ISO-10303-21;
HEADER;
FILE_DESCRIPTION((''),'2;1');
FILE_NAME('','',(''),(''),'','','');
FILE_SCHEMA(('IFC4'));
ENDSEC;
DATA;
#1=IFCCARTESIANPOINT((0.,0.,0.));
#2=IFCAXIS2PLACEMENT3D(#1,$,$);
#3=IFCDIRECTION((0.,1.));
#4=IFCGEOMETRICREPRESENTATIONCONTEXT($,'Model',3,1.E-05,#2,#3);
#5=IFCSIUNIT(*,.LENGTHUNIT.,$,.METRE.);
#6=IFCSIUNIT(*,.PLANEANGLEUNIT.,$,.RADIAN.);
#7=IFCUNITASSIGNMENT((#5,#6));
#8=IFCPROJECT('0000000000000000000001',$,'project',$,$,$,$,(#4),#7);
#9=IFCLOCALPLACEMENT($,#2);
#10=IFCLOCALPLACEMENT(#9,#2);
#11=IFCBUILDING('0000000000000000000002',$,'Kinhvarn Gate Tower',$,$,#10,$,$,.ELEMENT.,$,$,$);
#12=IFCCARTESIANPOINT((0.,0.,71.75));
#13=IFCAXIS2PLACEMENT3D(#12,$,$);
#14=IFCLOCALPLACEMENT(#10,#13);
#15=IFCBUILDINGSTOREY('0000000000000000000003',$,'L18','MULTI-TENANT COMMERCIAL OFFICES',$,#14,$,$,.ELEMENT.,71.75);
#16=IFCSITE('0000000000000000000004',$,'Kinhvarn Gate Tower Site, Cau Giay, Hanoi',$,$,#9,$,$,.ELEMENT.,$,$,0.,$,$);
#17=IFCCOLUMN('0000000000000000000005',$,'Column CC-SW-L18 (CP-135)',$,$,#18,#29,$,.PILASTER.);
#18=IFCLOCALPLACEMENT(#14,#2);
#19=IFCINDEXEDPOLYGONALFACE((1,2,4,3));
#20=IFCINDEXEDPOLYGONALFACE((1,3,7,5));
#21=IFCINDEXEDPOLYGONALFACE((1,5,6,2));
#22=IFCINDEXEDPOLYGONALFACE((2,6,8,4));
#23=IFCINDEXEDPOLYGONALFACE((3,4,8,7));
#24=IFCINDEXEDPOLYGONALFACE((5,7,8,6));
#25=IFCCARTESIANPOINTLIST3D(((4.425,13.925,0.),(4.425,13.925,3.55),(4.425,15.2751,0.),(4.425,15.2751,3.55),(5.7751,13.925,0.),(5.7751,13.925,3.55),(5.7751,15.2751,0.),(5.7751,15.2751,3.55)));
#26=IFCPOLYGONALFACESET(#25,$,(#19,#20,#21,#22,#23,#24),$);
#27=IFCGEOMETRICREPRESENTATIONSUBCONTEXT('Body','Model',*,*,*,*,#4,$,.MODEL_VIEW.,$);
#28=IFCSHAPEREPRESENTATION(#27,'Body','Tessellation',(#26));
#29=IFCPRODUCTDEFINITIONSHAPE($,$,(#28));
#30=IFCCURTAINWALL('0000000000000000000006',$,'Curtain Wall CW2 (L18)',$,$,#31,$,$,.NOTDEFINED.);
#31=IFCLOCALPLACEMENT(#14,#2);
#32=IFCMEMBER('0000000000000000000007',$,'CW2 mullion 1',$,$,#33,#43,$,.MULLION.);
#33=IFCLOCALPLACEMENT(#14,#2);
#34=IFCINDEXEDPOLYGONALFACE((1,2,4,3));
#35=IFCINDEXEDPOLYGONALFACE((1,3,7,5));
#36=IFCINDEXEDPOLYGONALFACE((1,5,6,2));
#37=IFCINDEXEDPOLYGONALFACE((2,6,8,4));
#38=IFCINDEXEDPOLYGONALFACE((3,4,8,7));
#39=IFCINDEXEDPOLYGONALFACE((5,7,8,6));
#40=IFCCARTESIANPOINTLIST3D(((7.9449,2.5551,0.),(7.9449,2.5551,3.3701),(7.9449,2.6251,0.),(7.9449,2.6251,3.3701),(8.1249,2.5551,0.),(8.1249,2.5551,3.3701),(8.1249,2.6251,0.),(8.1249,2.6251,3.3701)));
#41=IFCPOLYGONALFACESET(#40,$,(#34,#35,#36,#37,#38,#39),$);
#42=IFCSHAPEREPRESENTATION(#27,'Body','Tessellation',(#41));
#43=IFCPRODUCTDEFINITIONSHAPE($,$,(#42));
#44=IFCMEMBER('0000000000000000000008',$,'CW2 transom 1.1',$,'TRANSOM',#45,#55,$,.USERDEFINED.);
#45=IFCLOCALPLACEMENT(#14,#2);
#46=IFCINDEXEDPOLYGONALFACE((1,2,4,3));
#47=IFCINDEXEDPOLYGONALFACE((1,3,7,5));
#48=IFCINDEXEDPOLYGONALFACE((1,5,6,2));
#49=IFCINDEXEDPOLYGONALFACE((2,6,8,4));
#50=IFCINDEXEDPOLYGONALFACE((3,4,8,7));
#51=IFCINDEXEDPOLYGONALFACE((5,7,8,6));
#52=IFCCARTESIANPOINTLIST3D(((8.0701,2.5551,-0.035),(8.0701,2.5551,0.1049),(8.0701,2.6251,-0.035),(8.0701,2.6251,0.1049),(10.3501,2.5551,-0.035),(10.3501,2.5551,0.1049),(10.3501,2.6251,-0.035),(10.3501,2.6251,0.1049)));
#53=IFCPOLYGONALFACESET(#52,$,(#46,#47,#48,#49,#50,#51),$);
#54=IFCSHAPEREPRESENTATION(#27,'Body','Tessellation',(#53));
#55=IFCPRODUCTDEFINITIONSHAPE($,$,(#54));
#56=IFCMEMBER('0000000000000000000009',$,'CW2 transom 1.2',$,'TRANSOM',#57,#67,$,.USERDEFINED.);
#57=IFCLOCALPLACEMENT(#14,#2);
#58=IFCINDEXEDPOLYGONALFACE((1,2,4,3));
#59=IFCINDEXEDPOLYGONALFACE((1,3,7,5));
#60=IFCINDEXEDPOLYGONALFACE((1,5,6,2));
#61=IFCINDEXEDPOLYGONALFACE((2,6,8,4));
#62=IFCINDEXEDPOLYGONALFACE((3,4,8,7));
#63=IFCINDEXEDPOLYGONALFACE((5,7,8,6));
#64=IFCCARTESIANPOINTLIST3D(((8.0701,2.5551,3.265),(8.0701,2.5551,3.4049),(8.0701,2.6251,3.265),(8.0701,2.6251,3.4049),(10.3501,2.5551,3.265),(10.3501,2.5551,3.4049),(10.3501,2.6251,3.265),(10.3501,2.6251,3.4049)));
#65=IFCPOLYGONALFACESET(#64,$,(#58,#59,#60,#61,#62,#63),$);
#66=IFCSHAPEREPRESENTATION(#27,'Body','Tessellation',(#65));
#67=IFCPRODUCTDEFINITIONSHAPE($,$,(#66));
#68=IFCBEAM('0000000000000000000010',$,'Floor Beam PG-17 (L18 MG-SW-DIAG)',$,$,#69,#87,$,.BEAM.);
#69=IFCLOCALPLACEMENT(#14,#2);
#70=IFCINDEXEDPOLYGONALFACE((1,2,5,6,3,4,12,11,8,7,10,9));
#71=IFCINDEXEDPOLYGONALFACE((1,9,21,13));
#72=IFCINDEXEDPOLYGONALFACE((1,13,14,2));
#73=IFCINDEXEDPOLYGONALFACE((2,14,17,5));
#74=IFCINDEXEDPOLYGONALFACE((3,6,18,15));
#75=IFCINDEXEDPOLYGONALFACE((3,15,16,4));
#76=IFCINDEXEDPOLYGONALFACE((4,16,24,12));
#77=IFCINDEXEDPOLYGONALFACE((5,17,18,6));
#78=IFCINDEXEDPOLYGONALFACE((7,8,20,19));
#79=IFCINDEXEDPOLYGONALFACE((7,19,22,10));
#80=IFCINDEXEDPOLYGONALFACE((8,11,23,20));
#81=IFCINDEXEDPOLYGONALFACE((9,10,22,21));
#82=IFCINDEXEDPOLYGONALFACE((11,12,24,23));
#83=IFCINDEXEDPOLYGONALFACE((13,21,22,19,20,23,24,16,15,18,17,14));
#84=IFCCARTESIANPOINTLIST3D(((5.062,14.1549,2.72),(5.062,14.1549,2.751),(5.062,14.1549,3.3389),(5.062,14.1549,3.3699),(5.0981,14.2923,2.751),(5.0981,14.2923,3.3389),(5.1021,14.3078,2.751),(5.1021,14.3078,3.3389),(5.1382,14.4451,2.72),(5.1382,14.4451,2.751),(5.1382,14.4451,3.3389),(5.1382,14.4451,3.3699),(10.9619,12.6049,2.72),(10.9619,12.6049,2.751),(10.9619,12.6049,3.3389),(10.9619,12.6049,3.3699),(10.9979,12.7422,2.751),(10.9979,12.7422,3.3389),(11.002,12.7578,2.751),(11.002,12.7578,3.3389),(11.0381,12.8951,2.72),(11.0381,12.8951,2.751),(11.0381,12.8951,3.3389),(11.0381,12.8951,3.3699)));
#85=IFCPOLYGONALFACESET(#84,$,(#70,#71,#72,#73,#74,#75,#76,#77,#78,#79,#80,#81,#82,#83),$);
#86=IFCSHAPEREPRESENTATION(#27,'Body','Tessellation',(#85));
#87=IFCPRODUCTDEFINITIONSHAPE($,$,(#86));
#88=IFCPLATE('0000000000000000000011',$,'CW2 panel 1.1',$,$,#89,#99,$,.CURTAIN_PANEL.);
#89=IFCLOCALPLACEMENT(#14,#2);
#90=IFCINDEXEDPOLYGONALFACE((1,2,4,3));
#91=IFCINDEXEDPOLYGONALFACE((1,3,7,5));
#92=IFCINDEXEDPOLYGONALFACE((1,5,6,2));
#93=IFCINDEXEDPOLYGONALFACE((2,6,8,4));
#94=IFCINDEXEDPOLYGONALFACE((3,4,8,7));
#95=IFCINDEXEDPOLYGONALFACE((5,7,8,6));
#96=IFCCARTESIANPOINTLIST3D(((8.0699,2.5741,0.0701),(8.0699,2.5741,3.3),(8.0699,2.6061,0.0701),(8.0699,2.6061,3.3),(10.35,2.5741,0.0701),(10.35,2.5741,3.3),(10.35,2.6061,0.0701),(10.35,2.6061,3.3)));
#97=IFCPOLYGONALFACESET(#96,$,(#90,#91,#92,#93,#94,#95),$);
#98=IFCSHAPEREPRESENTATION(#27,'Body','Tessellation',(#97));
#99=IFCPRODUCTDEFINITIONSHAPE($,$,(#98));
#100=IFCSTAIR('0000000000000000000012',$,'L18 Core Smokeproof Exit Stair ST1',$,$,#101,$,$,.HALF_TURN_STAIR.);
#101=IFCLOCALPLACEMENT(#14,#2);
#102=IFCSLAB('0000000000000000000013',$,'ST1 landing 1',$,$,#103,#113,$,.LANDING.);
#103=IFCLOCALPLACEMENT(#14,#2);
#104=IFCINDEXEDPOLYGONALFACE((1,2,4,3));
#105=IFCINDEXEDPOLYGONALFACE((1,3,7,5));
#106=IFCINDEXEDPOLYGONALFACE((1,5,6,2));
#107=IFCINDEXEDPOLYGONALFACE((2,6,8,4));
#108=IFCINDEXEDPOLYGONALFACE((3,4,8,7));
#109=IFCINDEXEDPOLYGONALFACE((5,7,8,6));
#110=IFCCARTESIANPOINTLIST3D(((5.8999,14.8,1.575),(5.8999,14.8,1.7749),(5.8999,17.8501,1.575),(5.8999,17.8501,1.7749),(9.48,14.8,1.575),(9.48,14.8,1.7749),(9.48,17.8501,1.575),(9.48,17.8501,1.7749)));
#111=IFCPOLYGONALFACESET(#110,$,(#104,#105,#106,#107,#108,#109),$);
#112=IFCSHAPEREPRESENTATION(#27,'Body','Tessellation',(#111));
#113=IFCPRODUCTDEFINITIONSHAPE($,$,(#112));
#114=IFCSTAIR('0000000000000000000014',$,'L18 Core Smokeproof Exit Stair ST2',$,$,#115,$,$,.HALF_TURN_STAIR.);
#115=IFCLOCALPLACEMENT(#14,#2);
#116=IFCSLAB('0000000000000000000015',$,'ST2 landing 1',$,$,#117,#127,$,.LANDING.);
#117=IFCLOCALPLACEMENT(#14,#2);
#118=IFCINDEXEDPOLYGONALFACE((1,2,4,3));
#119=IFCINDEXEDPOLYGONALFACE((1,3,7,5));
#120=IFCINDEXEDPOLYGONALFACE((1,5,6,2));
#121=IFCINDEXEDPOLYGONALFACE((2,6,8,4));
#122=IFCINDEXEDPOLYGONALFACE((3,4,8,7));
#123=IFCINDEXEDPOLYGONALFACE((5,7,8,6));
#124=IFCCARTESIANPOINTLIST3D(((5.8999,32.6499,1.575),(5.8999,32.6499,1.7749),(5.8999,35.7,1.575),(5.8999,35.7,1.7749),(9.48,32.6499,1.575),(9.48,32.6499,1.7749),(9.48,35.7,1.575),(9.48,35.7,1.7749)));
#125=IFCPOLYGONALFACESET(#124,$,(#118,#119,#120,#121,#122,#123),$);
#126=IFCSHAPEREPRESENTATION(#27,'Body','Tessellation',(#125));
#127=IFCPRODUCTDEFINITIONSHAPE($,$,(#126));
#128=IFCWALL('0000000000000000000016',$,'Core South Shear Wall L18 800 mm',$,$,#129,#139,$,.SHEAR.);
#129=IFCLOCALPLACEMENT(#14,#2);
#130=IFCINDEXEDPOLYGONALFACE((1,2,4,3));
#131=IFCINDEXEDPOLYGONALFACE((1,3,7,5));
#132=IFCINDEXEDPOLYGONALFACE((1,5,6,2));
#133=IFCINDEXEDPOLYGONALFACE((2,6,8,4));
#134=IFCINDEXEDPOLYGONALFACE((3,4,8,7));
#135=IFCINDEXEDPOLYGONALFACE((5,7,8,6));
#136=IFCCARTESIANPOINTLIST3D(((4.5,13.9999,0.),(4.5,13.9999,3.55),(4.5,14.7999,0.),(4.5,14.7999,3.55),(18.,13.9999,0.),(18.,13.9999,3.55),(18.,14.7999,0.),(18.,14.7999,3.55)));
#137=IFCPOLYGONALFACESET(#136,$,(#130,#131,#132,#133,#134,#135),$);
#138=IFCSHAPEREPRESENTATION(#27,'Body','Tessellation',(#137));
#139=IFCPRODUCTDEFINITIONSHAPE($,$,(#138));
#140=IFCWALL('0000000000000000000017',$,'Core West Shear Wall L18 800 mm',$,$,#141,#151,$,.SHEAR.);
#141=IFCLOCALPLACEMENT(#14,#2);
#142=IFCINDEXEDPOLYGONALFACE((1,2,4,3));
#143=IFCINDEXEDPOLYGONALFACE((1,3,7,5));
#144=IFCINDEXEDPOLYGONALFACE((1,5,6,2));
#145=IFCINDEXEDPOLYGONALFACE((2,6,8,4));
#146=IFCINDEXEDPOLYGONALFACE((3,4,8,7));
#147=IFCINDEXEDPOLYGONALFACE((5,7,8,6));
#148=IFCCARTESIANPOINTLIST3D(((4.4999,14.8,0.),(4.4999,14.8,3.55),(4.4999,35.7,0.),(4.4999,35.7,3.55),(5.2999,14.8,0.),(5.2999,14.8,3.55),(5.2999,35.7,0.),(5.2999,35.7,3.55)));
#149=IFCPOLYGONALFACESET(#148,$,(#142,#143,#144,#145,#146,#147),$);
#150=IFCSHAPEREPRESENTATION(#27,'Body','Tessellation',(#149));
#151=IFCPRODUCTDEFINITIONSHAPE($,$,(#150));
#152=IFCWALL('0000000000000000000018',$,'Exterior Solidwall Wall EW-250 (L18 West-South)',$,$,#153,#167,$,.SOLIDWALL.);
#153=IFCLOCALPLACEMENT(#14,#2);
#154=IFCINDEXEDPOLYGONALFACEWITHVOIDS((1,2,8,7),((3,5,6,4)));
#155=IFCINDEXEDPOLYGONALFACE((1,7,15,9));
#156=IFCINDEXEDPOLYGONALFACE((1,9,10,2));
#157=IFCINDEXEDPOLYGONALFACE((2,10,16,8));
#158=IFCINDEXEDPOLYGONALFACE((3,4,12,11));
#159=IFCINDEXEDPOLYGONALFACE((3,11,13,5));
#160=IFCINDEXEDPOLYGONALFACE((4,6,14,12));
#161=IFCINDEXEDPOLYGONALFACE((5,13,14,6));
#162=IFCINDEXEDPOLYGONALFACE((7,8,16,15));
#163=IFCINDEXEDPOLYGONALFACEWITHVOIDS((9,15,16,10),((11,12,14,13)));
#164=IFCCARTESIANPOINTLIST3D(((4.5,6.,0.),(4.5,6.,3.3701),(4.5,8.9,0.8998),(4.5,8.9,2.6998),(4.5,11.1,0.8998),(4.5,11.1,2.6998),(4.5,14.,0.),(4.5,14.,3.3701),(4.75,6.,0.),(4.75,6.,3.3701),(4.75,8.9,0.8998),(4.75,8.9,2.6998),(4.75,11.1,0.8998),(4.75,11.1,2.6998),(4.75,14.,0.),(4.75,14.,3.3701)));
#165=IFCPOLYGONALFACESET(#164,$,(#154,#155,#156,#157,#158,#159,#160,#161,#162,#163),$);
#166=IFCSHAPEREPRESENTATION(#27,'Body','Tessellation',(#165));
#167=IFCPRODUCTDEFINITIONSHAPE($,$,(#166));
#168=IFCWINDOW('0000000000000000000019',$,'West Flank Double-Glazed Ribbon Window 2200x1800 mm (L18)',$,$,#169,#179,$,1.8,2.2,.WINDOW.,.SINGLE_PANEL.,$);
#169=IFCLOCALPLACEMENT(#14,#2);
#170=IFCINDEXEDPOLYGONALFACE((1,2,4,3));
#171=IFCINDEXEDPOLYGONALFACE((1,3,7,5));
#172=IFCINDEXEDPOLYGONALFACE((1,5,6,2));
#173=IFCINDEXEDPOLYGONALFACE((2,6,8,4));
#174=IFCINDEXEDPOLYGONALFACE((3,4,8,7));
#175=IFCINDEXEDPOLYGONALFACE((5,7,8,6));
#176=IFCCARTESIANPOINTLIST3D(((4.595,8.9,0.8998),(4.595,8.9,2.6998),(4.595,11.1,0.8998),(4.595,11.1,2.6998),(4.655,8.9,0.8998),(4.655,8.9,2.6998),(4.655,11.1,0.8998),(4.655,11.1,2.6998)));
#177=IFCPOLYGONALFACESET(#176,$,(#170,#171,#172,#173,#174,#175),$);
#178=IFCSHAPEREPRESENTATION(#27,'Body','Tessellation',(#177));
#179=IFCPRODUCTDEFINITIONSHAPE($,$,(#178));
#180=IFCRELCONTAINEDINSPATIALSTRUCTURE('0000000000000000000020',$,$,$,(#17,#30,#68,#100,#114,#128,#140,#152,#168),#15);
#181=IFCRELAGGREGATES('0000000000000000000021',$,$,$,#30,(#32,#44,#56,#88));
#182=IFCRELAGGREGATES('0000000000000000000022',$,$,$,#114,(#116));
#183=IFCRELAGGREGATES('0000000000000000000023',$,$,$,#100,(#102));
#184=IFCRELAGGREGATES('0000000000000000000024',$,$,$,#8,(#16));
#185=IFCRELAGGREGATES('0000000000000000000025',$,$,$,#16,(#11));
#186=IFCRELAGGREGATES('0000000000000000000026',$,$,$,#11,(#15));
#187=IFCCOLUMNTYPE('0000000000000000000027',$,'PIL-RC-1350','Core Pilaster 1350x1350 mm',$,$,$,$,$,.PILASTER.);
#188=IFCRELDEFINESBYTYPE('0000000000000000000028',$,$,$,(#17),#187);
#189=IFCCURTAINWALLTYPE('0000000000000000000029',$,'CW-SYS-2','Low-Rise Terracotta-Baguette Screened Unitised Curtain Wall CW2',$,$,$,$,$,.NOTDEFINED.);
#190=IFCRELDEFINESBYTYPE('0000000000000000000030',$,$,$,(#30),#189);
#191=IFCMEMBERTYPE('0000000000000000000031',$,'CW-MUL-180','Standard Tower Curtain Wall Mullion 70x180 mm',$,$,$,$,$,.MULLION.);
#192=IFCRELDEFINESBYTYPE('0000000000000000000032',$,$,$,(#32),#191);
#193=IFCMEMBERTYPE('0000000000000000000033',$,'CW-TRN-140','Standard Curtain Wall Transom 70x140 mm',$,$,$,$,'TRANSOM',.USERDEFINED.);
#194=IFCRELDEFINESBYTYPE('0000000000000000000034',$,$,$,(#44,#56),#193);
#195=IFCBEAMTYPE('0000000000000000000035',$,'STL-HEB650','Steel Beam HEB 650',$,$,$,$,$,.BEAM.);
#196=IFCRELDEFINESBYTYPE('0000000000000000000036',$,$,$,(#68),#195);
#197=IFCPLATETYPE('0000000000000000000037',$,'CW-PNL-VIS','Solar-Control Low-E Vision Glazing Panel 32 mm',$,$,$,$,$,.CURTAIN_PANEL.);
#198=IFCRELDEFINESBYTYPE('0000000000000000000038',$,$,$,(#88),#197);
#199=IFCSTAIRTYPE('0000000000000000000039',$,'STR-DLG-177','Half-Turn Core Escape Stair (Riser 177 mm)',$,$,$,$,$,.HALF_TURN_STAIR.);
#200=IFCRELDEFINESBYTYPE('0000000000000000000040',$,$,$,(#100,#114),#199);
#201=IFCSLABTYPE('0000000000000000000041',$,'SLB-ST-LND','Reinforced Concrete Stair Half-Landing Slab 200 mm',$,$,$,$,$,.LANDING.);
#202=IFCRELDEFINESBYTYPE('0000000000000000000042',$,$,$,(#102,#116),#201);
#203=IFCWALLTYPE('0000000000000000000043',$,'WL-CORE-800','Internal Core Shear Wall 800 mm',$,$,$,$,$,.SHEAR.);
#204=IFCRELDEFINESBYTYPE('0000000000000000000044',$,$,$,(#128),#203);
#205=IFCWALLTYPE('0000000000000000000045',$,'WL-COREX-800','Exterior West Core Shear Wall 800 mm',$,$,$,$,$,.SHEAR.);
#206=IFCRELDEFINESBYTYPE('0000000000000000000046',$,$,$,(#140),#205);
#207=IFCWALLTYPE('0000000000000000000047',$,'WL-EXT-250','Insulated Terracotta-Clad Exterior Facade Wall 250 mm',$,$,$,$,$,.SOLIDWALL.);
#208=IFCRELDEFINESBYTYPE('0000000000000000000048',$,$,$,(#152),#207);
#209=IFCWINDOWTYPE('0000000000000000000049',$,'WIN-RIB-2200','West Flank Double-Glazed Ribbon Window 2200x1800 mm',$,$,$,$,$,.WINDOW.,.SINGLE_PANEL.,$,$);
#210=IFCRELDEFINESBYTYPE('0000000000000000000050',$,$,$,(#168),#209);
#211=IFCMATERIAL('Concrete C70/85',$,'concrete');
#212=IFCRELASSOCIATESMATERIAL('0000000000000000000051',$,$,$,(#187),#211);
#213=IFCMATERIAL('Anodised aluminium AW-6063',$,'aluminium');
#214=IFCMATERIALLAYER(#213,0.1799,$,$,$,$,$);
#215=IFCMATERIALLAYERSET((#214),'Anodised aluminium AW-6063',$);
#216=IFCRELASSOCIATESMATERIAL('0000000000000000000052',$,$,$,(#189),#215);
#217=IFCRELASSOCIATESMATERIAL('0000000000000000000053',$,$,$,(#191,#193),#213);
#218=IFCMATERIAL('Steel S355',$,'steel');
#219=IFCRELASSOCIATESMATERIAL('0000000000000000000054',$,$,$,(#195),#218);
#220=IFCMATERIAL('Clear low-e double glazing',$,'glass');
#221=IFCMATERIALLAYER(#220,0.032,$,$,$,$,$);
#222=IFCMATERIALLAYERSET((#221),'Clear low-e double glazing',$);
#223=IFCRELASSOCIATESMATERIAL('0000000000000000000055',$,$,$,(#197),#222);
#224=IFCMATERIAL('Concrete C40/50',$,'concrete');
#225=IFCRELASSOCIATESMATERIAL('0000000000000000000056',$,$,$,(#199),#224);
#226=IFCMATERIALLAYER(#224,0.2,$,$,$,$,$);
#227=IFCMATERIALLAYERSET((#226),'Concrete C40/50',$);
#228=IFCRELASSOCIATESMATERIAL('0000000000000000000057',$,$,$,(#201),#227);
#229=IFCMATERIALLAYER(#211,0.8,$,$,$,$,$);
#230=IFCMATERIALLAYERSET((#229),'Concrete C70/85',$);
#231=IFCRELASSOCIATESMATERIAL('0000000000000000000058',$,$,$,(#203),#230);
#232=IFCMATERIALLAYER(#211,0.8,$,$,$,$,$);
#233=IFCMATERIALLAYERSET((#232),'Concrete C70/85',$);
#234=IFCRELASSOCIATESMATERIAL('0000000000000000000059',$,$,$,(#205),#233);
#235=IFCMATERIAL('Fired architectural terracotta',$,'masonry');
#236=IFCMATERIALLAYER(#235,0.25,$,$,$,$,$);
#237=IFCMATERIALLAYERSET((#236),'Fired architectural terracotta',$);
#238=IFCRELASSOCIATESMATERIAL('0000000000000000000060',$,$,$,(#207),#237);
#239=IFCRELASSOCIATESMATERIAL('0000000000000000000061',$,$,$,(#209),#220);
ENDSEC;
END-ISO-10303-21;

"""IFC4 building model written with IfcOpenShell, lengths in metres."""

from ifc_helpers import new_model, si_unit, direction, frame, frame_2d, origin, origin_2d, place, context, subcontext, project, spatial, polyline, rectangle, i_section, outline, extrude, material, layer, layer_set, material_profile, profile_set, type_object, element, fill, aggregate, save


model = new_model("IFC4")

# Units and contexts
model_context = context("Model", 3, precision=1e-05, world=origin(), true_north=direction((0.0, 1.0)))
body_context = subcontext(model_context, "Body", "Model", "MODEL_VIEW")
ifc_project = project(units=[si_unit("LENGTHUNIT", "METRE"), si_unit("PLANEANGLEUNIT", "RADIAN")], contexts=[model_context])

# Site, building, storey
site_placement = place(None, origin())
site = spatial("IfcSite", under=ifc_project, at=site_placement, Name="Kinhvarn Gate Tower Site, Cau Giay, Hanoi", CompositionType="ELEMENT", RefElevation=0.0)
building_placement = place(site_placement, origin())
building = spatial("IfcBuilding", under=site, at=building_placement, Name="Kinhvarn Gate Tower", CompositionType="ELEMENT")
storey_placement = place(building_placement, frame((0.0, 0.0, 71.75)))
storey = spatial("IfcBuildingStorey", under=building, at=storey_placement, Name="L18", Description="MULTI-TENANT COMMERCIAL OFFICES", CompositionType="ELEMENT", Elevation=71.75)

# Column
ifc_material_1 = material(Name="Concrete C70/85", Category="concrete")
ifc_material_profile_1 = material_profile(ifc_material_1, rectangle(XDim=1.3501, YDim=1.3501, at=origin_2d()), Name="RC 1350x1350")
ifc_profile_set_1 = profile_set([ifc_material_profile_1], Name="Concrete C70/85")
column_type = type_object("IfcColumnType", Name="PIL-RC-1350", Description="Core Pilaster 1350x1350 mm", PredefinedType="PILASTER", material=ifc_profile_set_1)
column_placement = place(storey_placement, frame((5.1001, 14.6001, 0.0), z_axis=(0.0, 0.0, 1.0), x_axis=(1.0, 0.0, 0.0)))
element("IfcColumn", 1, at=column_placement, inside=storey, type_object=column_type, Name="Column CC-SW-L18 (CP-135)", PredefinedType="PILASTER", context=body_context, shape_type="SweptSolid", body=[
    extrude(rectangle(XDim=1.3501, YDim=1.3501, at=origin_2d()), origin(), (0.0, 0.0, 1.0), 3.55),
])

# Curtain wall, members
ifc_material_2 = material(Name="Anodised aluminium AW-6063", Category="aluminium")
ifc_layer_1 = layer(ifc_material_2, 0.1799)
ifc_layer_set_1 = layer_set([ifc_layer_1], Name="Anodised aluminium AW-6063")
curtain_wall_type = type_object("IfcCurtainWallType", Name="CW-SYS-2", Description="Low-Rise Terracotta-Baguette Screened Unitised Curtain Wall CW2", PredefinedType="NOTDEFINED", material=ifc_layer_set_1)
curtain_wall_placement = place(storey_placement, origin())
curtain_wall = element("IfcCurtainWall", 2, at=curtain_wall_placement, inside=storey, type_object=curtain_wall_type, Name="Curtain Wall CW2 (L18)", PredefinedType="NOTDEFINED")
ifc_material_profile_2 = material_profile(ifc_material_2, rectangle(XDim=0.0701, YDim=0.1799, at=origin_2d()), Name="ALU 70x180")
ifc_profile_set_2 = profile_set([ifc_material_profile_2], Name="Anodised aluminium AW-6063")
member_type_1 = type_object("IfcMemberType", Name="CW-MUL-180", Description="Standard Tower Curtain Wall Mullion 70x180 mm", PredefinedType="MULLION", material=ifc_profile_set_2)
member_1_placement = place(storey_placement, frame((8.0349, 2.5901, 0.0), z_axis=(0.0, 0.0, 1.0), x_axis=(0.0, 1.0, 0.0)))
member_1 = element("IfcMember", 3, at=member_1_placement, type_object=member_type_1, Name="CW2 mullion 1", PredefinedType="MULLION", context=body_context, shape_type="SweptSolid", body=[
    extrude(rectangle(XDim=0.0701, YDim=0.1799, at=origin_2d()), origin(), (0.0, 0.0, 1.0), 3.3701),
])
ifc_material_profile_3 = material_profile(ifc_material_2, rectangle(XDim=0.0701, YDim=0.1399, at=origin_2d()), Name="ALU 70x140")
ifc_profile_set_3 = profile_set([ifc_material_profile_3], Name="Anodised aluminium AW-6063")
member_type_2 = type_object("IfcMemberType", Name="CW-TRN-140", Description="Standard Curtain Wall Transom 70x140 mm", ElementType="TRANSOM", PredefinedType="USERDEFINED", material=ifc_profile_set_3)
member_2_placement = place(storey_placement, frame((8.0701, 2.5901, 0.0349), z_axis=(1.0, 0.0, 0.0), x_axis=(0.0, 1.0, 0.0)))
member_2 = element("IfcMember", 4, at=member_2_placement, type_object=member_type_2, Name="CW2 transom 1.1", ObjectType="TRANSOM", PredefinedType="USERDEFINED", context=body_context, shape_type="SweptSolid", body=[
    extrude(rectangle(XDim=0.0701, YDim=0.1399, at=origin_2d()), origin(), (0.0, 0.0, 1.0), 2.28),
])
member_3_placement = place(storey_placement, frame((8.0701, 2.5901, 3.335), z_axis=(1.0, 0.0, 0.0), x_axis=(0.0, 1.0, 0.0)))
member_3 = element("IfcMember", 5, at=member_3_placement, type_object=member_type_2, Name="CW2 transom 1.2", ObjectType="TRANSOM", PredefinedType="USERDEFINED", context=body_context, shape_type="SweptSolid", body=[
    extrude(rectangle(XDim=0.0701, YDim=0.1399, at=origin_2d()), origin(), (0.0, 0.0, 1.0), 2.28),
])

# Beam
ifc_material_3 = material(Name="Steel S355", Category="steel")
ifc_material_profile_4 = material_profile(ifc_material_3, i_section(OverallWidth=0.3, OverallDepth=0.6499, WebThickness=0.0161, FlangeThickness=0.031, at=origin_2d()), Name="HEB 650")
ifc_profile_set_4 = profile_set([ifc_material_profile_4], Name="Steel S355")
beam_type = type_object("IfcBeamType", Name="STL-HEB650", Description="Steel Beam HEB 650", PredefinedType="BEAM", material=ifc_profile_set_4)
beam_placement = place(storey_placement, frame((5.1001, 14.3, 3.0449), z_axis=(0.967178, -0.254101, 0.0), x_axis=(0.254101, 0.967178, 0.0)))
element("IfcBeam", 6, at=beam_placement, inside=storey, type_object=beam_type, Name="Floor Beam PG-17 (L18 MG-SW-DIAG)", PredefinedType="BEAM", context=body_context, shape_type="SweptSolid", body=[
    extrude(i_section(OverallWidth=0.3, OverallDepth=0.6499, WebThickness=0.0161, FlangeThickness=0.031, at=origin_2d()), origin(), (0.0, 0.0, 1.0), 6.1001),
])

# Plate
ifc_material_4 = material(Name="Clear low-e double glazing", Category="glass")
ifc_layer_2 = layer(ifc_material_4, 0.032)
ifc_layer_set_2 = layer_set([ifc_layer_2], Name="Clear low-e double glazing")
plate_type = type_object("IfcPlateType", Name="CW-PNL-VIS", Description="Solar-Control Low-E Vision Glazing Panel 32 mm", PredefinedType="CURTAIN_PANEL", material=ifc_layer_set_2)
plate_placement = place(storey_placement, frame((9.21, 2.5901, 0.0701), z_axis=(0.0, 0.0, 1.0), x_axis=(1.0, 0.0, 0.0)))
plate = element("IfcPlate", 7, at=plate_placement, type_object=plate_type, Name="CW2 panel 1.1", PredefinedType="CURTAIN_PANEL", context=body_context, shape_type="SweptSolid", body=[
    extrude(rectangle(XDim=2.28, YDim=0.032, at=origin_2d()), origin(), (0.0, 0.0, 1.0), 3.23),
])
aggregate(curtain_wall, [member_1, member_2, member_3, plate])

# Stairs, slabs
ifc_material_5 = material(Name="Concrete C40/50", Category="concrete")
stair_type = type_object("IfcStairType", Name="STR-DLG-177", Description="Half-Turn Core Escape Stair (Riser 177 mm)", PredefinedType="HALF_TURN_STAIR", material=ifc_material_5)
stair_1_placement = place(storey_placement, origin())
stair_1 = element("IfcStair", 8, at=stair_1_placement, inside=storey, type_object=stair_type, Name="L18 Core Smokeproof Exit Stair ST1", PredefinedType="HALF_TURN_STAIR")
ifc_layer_3 = layer(ifc_material_5, 0.2)
ifc_layer_set_3 = layer_set([ifc_layer_3], Name="Concrete C40/50")
slab_type = type_object("IfcSlabType", Name="SLB-ST-LND", Description="Reinforced Concrete Stair Half-Landing Slab 200 mm", PredefinedType="LANDING", material=ifc_layer_set_3)
slab_1_placement = place(storey_placement, frame((0.0, 0.0, 1.575)))
slab_1 = element("IfcSlab", 9, at=slab_1_placement, type_object=slab_type, Name="ST1 landing 1", PredefinedType="LANDING", context=body_context, shape_type="SweptSolid", body=[
    extrude(outline(polyline([(9.48, 17.8501), (5.8999, 17.8501), (5.8999, 14.8), (9.48, 14.8), (9.48, 17.8501)])), origin(), (0.0, 0.0, 1.0), 0.2),
])
stair_2_placement = place(storey_placement, origin())
stair_2 = element("IfcStair", 10, at=stair_2_placement, inside=storey, type_object=stair_type, Name="L18 Core Smokeproof Exit Stair ST2", PredefinedType="HALF_TURN_STAIR")
slab_2_placement = place(storey_placement, frame((0.0, 0.0, 1.575)))
slab_2 = element("IfcSlab", 11, at=slab_2_placement, type_object=slab_type, Name="ST2 landing 1", PredefinedType="LANDING", context=body_context, shape_type="SweptSolid", body=[
    extrude(outline(polyline([(9.48, 35.7), (5.8999, 35.7), (5.8999, 32.6499), (9.48, 32.6499), (9.48, 35.7)])), origin(), (0.0, 0.0, 1.0), 0.2),
])
aggregate(stair_2, [slab_2])

# Walls
ifc_layer_4 = layer(ifc_material_1, 0.8)
ifc_layer_set_4 = layer_set([ifc_layer_4], Name="Concrete C70/85")
wall_type_1 = type_object("IfcWallType", Name="WL-CORE-800", Description="Internal Core Shear Wall 800 mm", PredefinedType="SHEAR", material=ifc_layer_set_4)
wall_1_placement = place(storey_placement, frame((4.5, 14.3999, 0.0), z_axis=(0.0, 0.0, 1.0), x_axis=(1.0, 0.0, 0.0)))
element("IfcWall", 12, at=wall_1_placement, inside=storey, type_object=wall_type_1, Name="Core South Shear Wall L18 800 mm", PredefinedType="SHEAR", context=body_context, shape_type="SweptSolid", body=[
    extrude(rectangle(XDim=13.5, YDim=0.8, at=frame_2d((6.75, 0.0))), origin(), (0.0, 0.0, 1.0), 3.55),
])
ifc_layer_5 = layer(ifc_material_1, 0.8)
ifc_layer_set_5 = layer_set([ifc_layer_5], Name="Concrete C70/85")
wall_type_2 = type_object("IfcWallType", Name="WL-COREX-800", Description="Exterior West Core Shear Wall 800 mm", PredefinedType="SHEAR", material=ifc_layer_set_5)
wall_2_placement = place(storey_placement, frame((4.8999, 14.8, 0.0), z_axis=(0.0, 0.0, 1.0), x_axis=(0.0, 1.0, 0.0)))
element("IfcWall", 13, at=wall_2_placement, inside=storey, type_object=wall_type_2, Name="Core West Shear Wall L18 800 mm", PredefinedType="SHEAR", context=body_context, shape_type="SweptSolid", body=[
    extrude(rectangle(XDim=20.8999, YDim=0.8, at=frame_2d((10.45, 0.0))), origin(), (0.0, 0.0, 1.0), 3.55),
])

# Wall, opening, window
ifc_material_6 = material(Name="Fired architectural terracotta", Category="masonry")
ifc_layer_6 = layer(ifc_material_6, 0.25)
ifc_layer_set_6 = layer_set([ifc_layer_6], Name="Fired architectural terracotta")
wall_type_3 = type_object("IfcWallType", Name="WL-EXT-250", Description="Insulated Terracotta-Clad Exterior Facade Wall 250 mm", PredefinedType="SOLIDWALL", material=ifc_layer_set_6)
wall_3_placement = place(storey_placement, frame((4.625, 14.0, 0.0), z_axis=(0.0, 0.0, 1.0), x_axis=(0.0, -1.0, 0.0)))
wall_3 = element("IfcWall", 14, at=wall_3_placement, inside=storey, type_object=wall_type_3, Name="Exterior Solidwall Wall EW-250 (L18 West-South)", PredefinedType="SOLIDWALL", context=body_context, shape_type="SweptSolid", body=[
    extrude(rectangle(XDim=8.0, YDim=0.25, at=frame_2d((4.0, 0.0))), origin(), (0.0, 0.0, 1.0), 3.3701),
])
opening_1_placement = place(wall_3_placement, frame((2.8999, 0.0, 0.8999)))
opening_1 = element("IfcOpeningElement", 15, at=opening_1_placement, cuts=wall_3, PredefinedType="OPENING", context=body_context, shape_type="SweptSolid", body=[
    extrude(rectangle(XDim=2.2, YDim=1.8, at=frame_2d((1.1001, 0.8999))), frame((0.0, 0.135, 0.0), z_axis=(0.0, -1.0, 0.0), x_axis=(1.0, 0.0, 0.0)), (0.0, 0.0, 1.0), 0.27),
])
window_type_1 = type_object("IfcWindowType", Name="WIN-RIB-2200", Description="West Flank Double-Glazed Ribbon Window 2200x1800 mm", PartitioningType="SINGLE_PANEL", PredefinedType="WINDOW", material=ifc_material_4)
window_1_placement = place(opening_1_placement, origin())
window_1 = element("IfcWindow", 16, at=window_1_placement, inside=storey, type_object=window_type_1, Name="West Flank Double-Glazed Ribbon Window 2200x1800 mm (L18)", OverallHeight=1.8, OverallWidth=2.2, PartitioningType="SINGLE_PANEL", PredefinedType="WINDOW", context=body_context, shape_type="SweptSolid", body=[
    extrude(rectangle(XDim=2.2, YDim=1.8, at=frame_2d((1.1001, 0.8999))), frame((0.0, 0.03, 0.0), z_axis=(0.0, -1.0, 0.0), x_axis=(1.0, 0.0, 0.0)), (0.0, 0.0, 1.0), 0.0601),
])
fill(opening_1, window_1)

aggregate(stair_1, [slab_1])

save(model, "model.ifc")
